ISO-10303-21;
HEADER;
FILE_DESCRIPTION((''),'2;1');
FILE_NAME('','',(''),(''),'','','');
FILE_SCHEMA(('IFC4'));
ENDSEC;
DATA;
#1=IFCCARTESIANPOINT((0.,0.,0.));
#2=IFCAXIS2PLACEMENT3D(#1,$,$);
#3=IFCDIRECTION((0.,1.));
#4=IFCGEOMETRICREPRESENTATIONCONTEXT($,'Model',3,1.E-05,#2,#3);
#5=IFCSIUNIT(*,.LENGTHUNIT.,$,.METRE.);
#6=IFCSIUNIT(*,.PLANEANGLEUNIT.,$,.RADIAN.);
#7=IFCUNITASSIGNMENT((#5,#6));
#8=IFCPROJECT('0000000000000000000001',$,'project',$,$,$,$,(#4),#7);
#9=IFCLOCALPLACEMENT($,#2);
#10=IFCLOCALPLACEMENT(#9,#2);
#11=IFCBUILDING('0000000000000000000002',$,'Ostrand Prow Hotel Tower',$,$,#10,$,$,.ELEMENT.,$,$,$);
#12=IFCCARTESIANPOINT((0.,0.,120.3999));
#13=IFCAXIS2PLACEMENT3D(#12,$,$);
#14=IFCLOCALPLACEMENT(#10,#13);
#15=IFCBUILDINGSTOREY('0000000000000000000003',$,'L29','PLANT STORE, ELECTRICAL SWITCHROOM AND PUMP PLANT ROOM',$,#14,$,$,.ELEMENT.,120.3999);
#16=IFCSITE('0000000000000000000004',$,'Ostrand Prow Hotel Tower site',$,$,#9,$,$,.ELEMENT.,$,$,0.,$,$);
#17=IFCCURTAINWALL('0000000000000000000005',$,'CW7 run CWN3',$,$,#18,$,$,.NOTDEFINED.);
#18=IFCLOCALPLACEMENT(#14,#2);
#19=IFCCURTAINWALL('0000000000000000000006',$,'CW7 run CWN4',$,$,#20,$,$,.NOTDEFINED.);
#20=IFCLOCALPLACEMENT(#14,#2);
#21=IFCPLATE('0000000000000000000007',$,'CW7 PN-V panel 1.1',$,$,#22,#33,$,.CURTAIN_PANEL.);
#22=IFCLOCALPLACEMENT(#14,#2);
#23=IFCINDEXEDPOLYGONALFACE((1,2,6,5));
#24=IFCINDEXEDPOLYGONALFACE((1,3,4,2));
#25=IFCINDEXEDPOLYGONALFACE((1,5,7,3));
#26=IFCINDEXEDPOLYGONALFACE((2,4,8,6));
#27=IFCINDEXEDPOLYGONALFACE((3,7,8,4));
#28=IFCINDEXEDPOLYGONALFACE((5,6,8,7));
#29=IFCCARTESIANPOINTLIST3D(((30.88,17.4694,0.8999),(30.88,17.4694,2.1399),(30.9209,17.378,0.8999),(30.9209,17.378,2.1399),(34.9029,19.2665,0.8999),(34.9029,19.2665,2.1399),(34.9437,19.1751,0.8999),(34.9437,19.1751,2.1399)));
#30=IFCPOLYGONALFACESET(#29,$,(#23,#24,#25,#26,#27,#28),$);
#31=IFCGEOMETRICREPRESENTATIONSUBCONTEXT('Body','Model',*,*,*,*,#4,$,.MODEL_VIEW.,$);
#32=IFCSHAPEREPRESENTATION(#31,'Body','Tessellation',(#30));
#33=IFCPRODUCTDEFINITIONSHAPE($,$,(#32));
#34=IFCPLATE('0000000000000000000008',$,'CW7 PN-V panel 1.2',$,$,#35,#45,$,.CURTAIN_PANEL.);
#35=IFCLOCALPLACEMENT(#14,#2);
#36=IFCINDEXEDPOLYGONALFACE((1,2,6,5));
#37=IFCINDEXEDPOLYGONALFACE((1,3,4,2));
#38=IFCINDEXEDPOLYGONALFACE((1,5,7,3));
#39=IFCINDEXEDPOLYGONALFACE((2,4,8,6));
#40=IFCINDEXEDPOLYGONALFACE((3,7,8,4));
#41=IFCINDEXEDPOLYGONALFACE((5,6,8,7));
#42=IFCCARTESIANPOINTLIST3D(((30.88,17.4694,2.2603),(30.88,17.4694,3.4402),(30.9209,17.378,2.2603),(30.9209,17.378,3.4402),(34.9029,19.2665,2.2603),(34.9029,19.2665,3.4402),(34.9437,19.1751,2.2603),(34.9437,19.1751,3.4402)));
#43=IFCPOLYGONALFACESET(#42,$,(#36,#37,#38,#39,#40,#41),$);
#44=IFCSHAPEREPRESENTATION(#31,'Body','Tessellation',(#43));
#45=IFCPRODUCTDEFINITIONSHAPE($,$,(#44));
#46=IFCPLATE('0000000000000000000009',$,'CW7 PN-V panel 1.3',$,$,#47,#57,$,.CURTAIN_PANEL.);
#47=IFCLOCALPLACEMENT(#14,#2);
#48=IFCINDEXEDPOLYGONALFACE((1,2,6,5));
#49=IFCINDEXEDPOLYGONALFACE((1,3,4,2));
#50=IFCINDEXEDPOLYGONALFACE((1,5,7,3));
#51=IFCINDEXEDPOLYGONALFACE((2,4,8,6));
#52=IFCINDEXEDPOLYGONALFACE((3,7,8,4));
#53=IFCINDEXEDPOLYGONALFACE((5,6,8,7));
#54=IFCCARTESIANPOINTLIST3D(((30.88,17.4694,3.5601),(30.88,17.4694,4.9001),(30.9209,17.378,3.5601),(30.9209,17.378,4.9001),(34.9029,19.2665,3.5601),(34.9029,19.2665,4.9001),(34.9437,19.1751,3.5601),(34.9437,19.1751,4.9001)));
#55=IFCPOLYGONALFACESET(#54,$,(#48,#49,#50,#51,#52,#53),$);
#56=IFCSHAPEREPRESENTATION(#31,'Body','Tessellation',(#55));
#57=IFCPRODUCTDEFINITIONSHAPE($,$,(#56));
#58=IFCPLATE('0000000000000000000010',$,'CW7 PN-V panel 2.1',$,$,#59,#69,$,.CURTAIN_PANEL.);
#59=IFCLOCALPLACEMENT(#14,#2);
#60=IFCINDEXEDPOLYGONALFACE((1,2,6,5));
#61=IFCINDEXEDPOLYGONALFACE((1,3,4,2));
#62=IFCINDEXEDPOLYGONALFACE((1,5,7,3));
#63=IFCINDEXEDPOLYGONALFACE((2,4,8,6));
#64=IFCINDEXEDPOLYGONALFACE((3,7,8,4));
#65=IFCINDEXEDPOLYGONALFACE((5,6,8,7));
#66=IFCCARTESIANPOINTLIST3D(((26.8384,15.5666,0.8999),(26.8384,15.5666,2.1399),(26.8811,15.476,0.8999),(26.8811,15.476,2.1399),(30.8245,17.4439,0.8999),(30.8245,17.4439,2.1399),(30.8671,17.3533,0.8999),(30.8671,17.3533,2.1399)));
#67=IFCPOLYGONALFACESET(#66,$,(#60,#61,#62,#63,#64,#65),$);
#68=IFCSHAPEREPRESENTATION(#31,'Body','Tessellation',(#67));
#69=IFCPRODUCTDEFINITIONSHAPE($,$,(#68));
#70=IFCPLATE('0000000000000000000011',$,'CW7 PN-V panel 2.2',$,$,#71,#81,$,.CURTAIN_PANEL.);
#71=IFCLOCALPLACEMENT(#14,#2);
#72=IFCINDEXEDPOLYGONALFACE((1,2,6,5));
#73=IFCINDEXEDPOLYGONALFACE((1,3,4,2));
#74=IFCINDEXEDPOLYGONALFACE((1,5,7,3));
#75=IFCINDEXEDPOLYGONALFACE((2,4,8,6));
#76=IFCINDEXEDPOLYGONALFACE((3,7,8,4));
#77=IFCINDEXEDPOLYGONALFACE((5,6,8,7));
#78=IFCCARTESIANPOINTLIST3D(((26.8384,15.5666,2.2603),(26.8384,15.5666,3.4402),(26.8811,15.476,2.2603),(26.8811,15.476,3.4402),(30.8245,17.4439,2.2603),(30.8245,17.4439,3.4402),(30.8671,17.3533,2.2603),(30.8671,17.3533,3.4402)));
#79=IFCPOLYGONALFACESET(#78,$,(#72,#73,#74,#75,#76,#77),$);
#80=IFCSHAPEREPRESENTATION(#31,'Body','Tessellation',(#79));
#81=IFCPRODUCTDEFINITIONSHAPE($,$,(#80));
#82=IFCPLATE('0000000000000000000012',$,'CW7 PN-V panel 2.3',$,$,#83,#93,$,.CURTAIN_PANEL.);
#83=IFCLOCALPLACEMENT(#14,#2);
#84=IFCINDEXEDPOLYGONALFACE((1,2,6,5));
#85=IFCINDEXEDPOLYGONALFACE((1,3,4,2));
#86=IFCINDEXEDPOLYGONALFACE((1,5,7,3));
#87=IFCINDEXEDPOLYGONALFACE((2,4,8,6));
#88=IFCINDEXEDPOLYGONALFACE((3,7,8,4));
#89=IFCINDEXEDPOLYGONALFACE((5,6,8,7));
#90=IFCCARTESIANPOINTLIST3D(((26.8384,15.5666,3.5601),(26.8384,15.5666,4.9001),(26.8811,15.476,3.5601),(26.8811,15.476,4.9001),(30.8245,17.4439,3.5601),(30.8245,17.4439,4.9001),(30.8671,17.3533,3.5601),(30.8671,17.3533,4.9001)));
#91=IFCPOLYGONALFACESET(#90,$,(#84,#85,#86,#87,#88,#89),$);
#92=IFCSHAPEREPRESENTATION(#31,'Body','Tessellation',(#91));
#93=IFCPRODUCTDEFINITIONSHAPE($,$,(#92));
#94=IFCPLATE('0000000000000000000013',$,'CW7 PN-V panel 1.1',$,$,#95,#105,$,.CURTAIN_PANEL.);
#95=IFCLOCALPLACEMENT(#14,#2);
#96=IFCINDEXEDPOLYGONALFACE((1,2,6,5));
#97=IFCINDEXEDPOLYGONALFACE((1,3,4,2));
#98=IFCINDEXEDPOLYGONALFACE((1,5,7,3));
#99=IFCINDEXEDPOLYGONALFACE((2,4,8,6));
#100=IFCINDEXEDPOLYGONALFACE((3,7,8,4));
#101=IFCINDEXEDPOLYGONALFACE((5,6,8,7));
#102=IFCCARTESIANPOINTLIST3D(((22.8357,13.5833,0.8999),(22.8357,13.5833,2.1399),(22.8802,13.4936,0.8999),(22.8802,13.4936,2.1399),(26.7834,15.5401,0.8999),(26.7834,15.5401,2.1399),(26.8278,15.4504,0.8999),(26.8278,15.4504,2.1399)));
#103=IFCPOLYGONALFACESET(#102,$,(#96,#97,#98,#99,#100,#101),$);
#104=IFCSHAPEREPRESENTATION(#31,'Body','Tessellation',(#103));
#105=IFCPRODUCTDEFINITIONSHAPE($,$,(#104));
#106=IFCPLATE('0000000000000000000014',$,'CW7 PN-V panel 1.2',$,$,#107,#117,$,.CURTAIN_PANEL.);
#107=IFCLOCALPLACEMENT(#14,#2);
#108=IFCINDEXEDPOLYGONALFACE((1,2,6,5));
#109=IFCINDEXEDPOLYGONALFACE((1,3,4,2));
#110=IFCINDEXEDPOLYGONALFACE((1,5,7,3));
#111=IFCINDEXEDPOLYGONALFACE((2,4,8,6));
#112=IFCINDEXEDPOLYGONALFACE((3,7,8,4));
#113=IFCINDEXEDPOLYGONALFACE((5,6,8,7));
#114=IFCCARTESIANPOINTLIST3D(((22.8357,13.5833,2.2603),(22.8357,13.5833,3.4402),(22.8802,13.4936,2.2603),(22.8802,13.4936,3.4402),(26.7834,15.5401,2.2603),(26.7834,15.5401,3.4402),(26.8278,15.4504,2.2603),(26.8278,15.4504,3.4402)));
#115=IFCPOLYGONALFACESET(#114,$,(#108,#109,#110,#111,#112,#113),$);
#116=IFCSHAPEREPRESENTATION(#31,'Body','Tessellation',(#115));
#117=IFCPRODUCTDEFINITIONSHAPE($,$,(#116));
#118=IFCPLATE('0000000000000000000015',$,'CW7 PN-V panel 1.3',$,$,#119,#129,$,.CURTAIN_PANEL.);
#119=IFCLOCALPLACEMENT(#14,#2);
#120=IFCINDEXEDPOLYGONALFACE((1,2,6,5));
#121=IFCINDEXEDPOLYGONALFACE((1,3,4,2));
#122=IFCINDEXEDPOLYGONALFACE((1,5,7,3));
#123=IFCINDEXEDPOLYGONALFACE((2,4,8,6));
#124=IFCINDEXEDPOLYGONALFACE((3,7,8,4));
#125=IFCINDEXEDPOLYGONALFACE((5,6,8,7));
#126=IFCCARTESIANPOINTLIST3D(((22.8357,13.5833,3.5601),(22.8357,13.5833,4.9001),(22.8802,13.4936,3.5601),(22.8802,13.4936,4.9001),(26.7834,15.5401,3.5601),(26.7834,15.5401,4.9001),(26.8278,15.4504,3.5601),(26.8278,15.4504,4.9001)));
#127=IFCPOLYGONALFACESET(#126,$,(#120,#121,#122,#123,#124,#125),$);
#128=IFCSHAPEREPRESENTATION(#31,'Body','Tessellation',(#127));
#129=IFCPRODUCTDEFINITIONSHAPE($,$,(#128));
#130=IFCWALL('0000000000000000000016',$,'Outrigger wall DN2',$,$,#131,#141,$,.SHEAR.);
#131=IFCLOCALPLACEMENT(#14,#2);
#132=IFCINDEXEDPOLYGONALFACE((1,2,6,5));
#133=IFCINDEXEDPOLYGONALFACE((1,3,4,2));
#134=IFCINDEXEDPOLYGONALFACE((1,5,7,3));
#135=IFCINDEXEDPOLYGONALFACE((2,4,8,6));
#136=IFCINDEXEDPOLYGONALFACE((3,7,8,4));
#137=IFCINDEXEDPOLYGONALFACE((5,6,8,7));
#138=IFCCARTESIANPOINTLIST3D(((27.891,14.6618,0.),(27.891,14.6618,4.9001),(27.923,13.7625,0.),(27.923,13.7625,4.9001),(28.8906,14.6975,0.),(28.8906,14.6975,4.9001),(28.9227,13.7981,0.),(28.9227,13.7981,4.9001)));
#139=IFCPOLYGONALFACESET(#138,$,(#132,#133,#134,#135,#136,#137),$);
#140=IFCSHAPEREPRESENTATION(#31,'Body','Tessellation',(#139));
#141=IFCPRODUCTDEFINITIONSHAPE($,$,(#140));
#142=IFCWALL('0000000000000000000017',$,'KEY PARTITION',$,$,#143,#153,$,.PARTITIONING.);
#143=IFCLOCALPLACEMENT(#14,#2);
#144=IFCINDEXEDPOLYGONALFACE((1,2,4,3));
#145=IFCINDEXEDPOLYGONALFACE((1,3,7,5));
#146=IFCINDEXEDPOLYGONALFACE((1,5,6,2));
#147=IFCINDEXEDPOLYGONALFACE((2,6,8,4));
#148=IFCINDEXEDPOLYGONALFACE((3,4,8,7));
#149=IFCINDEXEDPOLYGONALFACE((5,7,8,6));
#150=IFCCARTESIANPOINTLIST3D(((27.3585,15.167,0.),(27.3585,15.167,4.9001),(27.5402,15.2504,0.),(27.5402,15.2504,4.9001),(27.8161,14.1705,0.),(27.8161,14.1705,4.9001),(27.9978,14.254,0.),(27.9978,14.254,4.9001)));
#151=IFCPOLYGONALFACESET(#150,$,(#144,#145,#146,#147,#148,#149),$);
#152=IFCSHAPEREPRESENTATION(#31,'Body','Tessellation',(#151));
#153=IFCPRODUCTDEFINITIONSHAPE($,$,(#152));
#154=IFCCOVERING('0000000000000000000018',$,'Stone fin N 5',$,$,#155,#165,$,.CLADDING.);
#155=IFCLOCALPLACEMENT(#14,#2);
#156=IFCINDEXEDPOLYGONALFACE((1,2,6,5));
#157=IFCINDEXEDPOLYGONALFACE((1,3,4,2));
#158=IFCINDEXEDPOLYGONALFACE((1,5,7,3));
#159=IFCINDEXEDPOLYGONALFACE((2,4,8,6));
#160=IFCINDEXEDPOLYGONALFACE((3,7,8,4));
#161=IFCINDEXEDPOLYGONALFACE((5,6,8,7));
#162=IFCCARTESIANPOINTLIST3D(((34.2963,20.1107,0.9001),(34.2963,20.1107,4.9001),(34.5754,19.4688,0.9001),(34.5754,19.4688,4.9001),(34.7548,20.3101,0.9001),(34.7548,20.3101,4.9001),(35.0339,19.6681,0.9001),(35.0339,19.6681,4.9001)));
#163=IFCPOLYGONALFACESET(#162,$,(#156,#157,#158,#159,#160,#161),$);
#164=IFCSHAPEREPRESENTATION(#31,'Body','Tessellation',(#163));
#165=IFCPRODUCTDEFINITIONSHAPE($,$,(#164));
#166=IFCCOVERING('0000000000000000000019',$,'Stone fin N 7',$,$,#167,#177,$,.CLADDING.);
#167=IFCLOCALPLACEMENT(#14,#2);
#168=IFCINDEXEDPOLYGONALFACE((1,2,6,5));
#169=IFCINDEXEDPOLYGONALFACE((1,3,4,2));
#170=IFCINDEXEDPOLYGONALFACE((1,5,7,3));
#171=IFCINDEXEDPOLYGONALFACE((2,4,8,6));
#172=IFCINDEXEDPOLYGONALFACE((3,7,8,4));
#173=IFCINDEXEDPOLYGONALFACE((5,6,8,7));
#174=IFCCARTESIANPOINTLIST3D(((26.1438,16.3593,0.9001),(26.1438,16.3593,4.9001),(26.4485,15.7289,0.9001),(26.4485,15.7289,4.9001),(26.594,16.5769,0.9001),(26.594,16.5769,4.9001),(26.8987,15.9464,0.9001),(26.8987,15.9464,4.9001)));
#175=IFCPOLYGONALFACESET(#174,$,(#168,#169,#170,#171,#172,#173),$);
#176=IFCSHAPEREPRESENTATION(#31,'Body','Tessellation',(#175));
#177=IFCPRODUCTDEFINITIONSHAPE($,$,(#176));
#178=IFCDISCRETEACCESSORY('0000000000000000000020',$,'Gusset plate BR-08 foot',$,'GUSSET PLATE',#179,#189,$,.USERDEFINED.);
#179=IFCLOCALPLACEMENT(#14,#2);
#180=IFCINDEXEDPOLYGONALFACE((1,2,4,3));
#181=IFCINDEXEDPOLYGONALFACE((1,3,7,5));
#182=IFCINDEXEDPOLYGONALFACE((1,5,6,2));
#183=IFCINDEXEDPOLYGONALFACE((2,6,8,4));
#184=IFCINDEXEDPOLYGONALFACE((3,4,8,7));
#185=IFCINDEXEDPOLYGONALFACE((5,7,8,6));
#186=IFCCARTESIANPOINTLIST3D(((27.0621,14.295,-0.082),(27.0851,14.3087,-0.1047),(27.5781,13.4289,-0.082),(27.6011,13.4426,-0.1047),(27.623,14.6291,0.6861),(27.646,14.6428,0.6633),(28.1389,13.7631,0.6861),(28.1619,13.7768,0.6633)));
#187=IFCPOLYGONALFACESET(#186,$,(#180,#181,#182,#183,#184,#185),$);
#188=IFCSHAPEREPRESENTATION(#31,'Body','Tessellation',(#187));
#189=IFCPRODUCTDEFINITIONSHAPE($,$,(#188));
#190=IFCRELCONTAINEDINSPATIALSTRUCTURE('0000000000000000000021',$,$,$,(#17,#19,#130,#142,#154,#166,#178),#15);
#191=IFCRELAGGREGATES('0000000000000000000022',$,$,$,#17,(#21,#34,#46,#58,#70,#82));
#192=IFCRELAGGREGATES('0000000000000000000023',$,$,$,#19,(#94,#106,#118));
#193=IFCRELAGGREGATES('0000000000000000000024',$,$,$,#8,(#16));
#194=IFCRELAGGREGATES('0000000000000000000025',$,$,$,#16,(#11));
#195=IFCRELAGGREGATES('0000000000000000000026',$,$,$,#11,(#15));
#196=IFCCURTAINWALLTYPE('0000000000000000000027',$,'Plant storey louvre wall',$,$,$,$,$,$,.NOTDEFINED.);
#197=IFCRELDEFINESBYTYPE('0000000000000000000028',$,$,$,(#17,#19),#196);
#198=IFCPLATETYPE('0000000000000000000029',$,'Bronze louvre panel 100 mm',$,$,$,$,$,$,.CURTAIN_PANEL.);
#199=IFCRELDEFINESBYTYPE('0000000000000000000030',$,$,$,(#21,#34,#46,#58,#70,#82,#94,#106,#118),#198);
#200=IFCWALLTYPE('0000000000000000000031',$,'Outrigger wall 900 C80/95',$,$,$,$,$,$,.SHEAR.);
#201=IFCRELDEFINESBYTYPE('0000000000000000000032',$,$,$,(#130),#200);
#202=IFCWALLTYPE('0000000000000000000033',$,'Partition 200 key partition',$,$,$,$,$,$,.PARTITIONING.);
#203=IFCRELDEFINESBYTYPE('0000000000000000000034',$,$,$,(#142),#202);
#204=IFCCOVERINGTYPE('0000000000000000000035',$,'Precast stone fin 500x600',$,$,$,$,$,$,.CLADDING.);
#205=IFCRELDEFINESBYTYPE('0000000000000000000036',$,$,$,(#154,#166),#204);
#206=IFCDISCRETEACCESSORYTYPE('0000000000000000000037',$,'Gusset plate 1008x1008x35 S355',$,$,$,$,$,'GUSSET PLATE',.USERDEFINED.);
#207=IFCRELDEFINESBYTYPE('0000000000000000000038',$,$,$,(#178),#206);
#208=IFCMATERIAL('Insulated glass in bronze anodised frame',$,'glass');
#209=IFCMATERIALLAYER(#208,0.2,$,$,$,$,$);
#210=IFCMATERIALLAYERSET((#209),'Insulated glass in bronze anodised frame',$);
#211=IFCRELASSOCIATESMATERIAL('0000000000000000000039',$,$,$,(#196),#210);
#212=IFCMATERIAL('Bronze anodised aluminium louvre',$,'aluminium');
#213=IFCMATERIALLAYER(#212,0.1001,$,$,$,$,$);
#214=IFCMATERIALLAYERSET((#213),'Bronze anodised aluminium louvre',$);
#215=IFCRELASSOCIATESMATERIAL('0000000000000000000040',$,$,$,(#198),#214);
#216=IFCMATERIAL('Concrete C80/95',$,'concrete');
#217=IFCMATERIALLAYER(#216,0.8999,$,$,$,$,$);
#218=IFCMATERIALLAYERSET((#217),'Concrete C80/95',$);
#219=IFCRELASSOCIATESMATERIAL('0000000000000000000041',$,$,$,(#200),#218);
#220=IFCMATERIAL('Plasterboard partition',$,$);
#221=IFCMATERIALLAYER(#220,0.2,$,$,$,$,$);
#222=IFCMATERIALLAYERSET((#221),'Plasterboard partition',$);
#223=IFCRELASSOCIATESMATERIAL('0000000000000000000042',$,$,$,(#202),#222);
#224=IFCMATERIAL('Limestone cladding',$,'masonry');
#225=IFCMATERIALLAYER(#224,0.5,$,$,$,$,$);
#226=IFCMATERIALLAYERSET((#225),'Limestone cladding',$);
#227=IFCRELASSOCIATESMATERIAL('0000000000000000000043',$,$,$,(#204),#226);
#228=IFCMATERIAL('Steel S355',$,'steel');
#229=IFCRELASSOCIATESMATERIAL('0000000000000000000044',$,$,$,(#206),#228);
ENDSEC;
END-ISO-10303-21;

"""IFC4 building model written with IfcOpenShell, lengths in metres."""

from ifc_helpers import new_model, si_unit, direction, frame, frame_2d, origin, origin_2d, place, context, subcontext, project, spatial, rectangle, extrude, material, layer, layer_set, material_profile, profile_set, type_object, element, aggregate, save


model = new_model("IFC4")

# Units and contexts
model_context = context("Model", 3, precision=1e-05, world=origin(), true_north=direction((0.0, 1.0)))
body_context = subcontext(model_context, "Body", "Model", "MODEL_VIEW")
ifc_project = project(units=[si_unit("LENGTHUNIT", "METRE"), si_unit("PLANEANGLEUNIT", "RADIAN")], contexts=[model_context])

# Site, building, storey
site_placement = place(None, origin())
site = spatial("IfcSite", under=ifc_project, at=site_placement, Name="Ostrand Prow Hotel Tower site", CompositionType="ELEMENT", RefElevation=0.0)
building_placement = place(site_placement, origin())
building = spatial("IfcBuilding", under=site, at=building_placement, Name="Ostrand Prow Hotel Tower", CompositionType="ELEMENT")
storey_placement = place(building_placement, frame((0.0, 0.0, 120.3999)))
storey = spatial("IfcBuildingStorey", under=building, at=storey_placement, Name="L29", Description="PLANT STORE, ELECTRICAL SWITCHROOM AND PUMP PLANT ROOM", CompositionType="ELEMENT", Elevation=120.3999)

# Curtain walls
ifc_material_1 = material(Name="Insulated glass in bronze anodised frame", Category="glass")
ifc_layer_1 = layer(ifc_material_1, 0.2)
ifc_layer_set_1 = layer_set([ifc_layer_1], Name="Insulated glass in bronze anodised frame")
curtain_wall_type = type_object("IfcCurtainWallType", Name="Plant storey louvre wall", PredefinedType="NOTDEFINED", material=ifc_layer_set_1)
curtain_wall_1_placement = place(storey_placement, origin())
curtain_wall_1 = element("IfcCurtainWall", 1, at=curtain_wall_1_placement, inside=storey, type_object=curtain_wall_type, Name="CW7 run CWN3", PredefinedType="NOTDEFINED")
curtain_wall_2_placement = place(storey_placement, origin())
curtain_wall_2 = element("IfcCurtainWall", 2, at=curtain_wall_2_placement, inside=storey, type_object=curtain_wall_type, Name="CW7 run CWN4", PredefinedType="NOTDEFINED")

# Plates
ifc_material_2 = material(Name="Bronze anodised aluminium louvre", Category="aluminium")
ifc_layer_2 = layer(ifc_material_2, 0.1001)
ifc_layer_set_2 = layer_set([ifc_layer_2], Name="Bronze anodised aluminium louvre")
plate_type = type_object("IfcPlateType", Name="Bronze louvre panel 100 mm", PredefinedType="CURTAIN_PANEL", material=ifc_layer_set_2)
plate_1_placement = place(storey_placement, frame((32.9119, 18.3223, 0.8999), z_axis=(0.0, 0.0, 1.0), x_axis=(-0.913038, -0.407875, 0.0)))
plate_1 = element("IfcPlate", 3, at=plate_1_placement, type_object=plate_type, Name="CW7 PN-V panel 1.1", PredefinedType="CURTAIN_PANEL", context=body_context, shape_type="SweptSolid", body=[
    extrude(rectangle(XDim=4.406, YDim=0.1001, at=origin_2d()), origin(), (0.0, 0.0, 1.0), 1.24),
])
plate_2_placement = place(storey_placement, frame((32.9119, 18.3223, 2.2603), z_axis=(0.0, 0.0, 1.0), x_axis=(-0.913038, -0.407875, 0.0)))
plate_2 = element("IfcPlate", 4, at=plate_2_placement, type_object=plate_type, Name="CW7 PN-V panel 1.2", PredefinedType="CURTAIN_PANEL", context=body_context, shape_type="SweptSolid", body=[
    extrude(rectangle(XDim=4.406, YDim=0.1001, at=origin_2d()), origin(), (0.0, 0.0, 1.0), 1.1799),
])
plate_3_placement = place(storey_placement, frame((32.9119, 18.3223, 3.5601), z_axis=(0.0, 0.0, 1.0), x_axis=(-0.913038, -0.407875, 0.0)))
plate_3 = element("IfcPlate", 5, at=plate_3_placement, type_object=plate_type, Name="CW7 PN-V panel 1.3", PredefinedType="CURTAIN_PANEL", context=body_context, shape_type="SweptSolid", body=[
    extrude(rectangle(XDim=4.406, YDim=0.1001, at=origin_2d()), origin(), (0.0, 0.0, 1.0), 1.3401),
])
plate_4_placement = place(storey_placement, frame((28.8528, 16.46, 0.8999), z_axis=(0.0, 0.0, 1.0), x_axis=(-0.904686, -0.426079, 0.0)))
plate_4 = element("IfcPlate", 6, at=plate_4_placement, type_object=plate_type, Name="CW7 PN-V panel 2.1", PredefinedType="CURTAIN_PANEL", context=body_context, shape_type="SweptSolid", body=[
    extrude(rectangle(XDim=4.406, YDim=0.1001, at=origin_2d()), origin(), (0.0, 0.0, 1.0), 1.24),
])
plate_5_placement = place(storey_placement, frame((28.8528, 16.46, 2.2603), z_axis=(0.0, 0.0, 1.0), x_axis=(-0.904686, -0.426079, 0.0)))
plate_5 = element("IfcPlate", 7, at=plate_5_placement, type_object=plate_type, Name="CW7 PN-V panel 2.2", PredefinedType="CURTAIN_PANEL", context=body_context, shape_type="SweptSolid", body=[
    extrude(rectangle(XDim=4.406, YDim=0.1001, at=origin_2d()), origin(), (0.0, 0.0, 1.0), 1.1799),
])
plate_6_placement = place(storey_placement, frame((28.8528, 16.46, 3.5601), z_axis=(0.0, 0.0, 1.0), x_axis=(-0.904686, -0.426079, 0.0)))
plate_6 = element("IfcPlate", 8, at=plate_6_placement, type_object=plate_type, Name="CW7 PN-V panel 2.3", PredefinedType="CURTAIN_PANEL", context=body_context, shape_type="SweptSolid", body=[
    extrude(rectangle(XDim=4.406, YDim=0.1001, at=origin_2d()), origin(), (0.0, 0.0, 1.0), 1.3401),
])
aggregate(curtain_wall_1, [plate_1, plate_2, plate_3, plate_4, plate_5, plate_6])
plate_7_placement = place(storey_placement, frame((24.8318, 14.5168, 0.8999), z_axis=(0.0, 0.0, 1.0), x_axis=(-0.895971, -0.444113, 0.0)))
plate_7 = element("IfcPlate", 9, at=plate_7_placement, type_object=plate_type, Name="CW7 PN-V panel 1.1", PredefinedType="CURTAIN_PANEL", context=body_context, shape_type="SweptSolid", body=[
    extrude(rectangle(XDim=4.406, YDim=0.1001, at=origin_2d()), origin(), (0.0, 0.0, 1.0), 1.24),
])
plate_8_placement = place(storey_placement, frame((24.8318, 14.5168, 2.2603), z_axis=(0.0, 0.0, 1.0), x_axis=(-0.895971, -0.444113, 0.0)))
plate_8 = element("IfcPlate", 10, at=plate_8_placement, type_object=plate_type, Name="CW7 PN-V panel 1.2", PredefinedType="CURTAIN_PANEL", context=body_context, shape_type="SweptSolid", body=[
    extrude(rectangle(XDim=4.406, YDim=0.1001, at=origin_2d()), origin(), (0.0, 0.0, 1.0), 1.1799),
])
plate_9_placement = place(storey_placement, frame((24.8318, 14.5168, 3.5601), z_axis=(0.0, 0.0, 1.0), x_axis=(-0.895971, -0.444113, 0.0)))
plate_9 = element("IfcPlate", 11, at=plate_9_placement, type_object=plate_type, Name="CW7 PN-V panel 1.3", PredefinedType="CURTAIN_PANEL", context=body_context, shape_type="SweptSolid", body=[
    extrude(rectangle(XDim=4.406, YDim=0.1001, at=origin_2d()), origin(), (0.0, 0.0, 1.0), 1.3401),
])
aggregate(curtain_wall_2, [plate_7, plate_8, plate_9])

# Walls
ifc_material_3 = material(Name="Concrete C80/95", Category="concrete")
ifc_layer_3 = layer(ifc_material_3, 0.8999)
ifc_layer_set_3 = layer_set([ifc_layer_3], Name="Concrete C80/95")
wall_type_1 = type_object("IfcWallType", Name="Outrigger wall 900 C80/95", PredefinedType="SHEAR", material=ifc_layer_set_3)
wall_1_placement = place(storey_placement, frame((28.9065, 14.2478, 0.0), z_axis=(0.0, 0.0, 1.0), x_axis=(-0.999365, -0.035639, 0.0)))
element("IfcWall", 12, at=wall_1_placement, inside=storey, type_object=wall_type_1, Name="Outrigger wall DN2", PredefinedType="SHEAR", context=body_context, shape_type="SweptSolid", body=[
    extrude(rectangle(XDim=1.0002, YDim=0.8999, at=frame_2d((0.5, 0.0))), origin(), (0.0, 0.0, 1.0), 4.9001),
])
ifc_material_4 = material(Name="Plasterboard partition")
ifc_layer_4 = layer(ifc_material_4, 0.2)
ifc_layer_set_4 = layer_set([ifc_layer_4], Name="Plasterboard partition")
wall_type_2 = type_object("IfcWallType", Name="Partition 200 key partition", PredefinedType="PARTITIONING", material=ifc_layer_set_4)
wall_2_placement = place(storey_placement, frame((27.907, 14.2122, 0.0), z_axis=(0.0, 0.0, 1.0), x_axis=(-0.417306, 0.908766, 0.0)))
element("IfcWall", 13, at=wall_2_placement, inside=storey, type_object=wall_type_2, Name="KEY PARTITION", PredefinedType="PARTITIONING", context=body_context, shape_type="SweptSolid", body=[
    extrude(rectangle(XDim=1.0964, YDim=0.2, at=frame_2d((0.5483, 0.0))), origin(), (0.0, 0.0, 1.0), 4.9001),
])

# Coverings
ifc_material_5 = material(Name="Limestone cladding", Category="masonry")
ifc_layer_5 = layer(ifc_material_5, 0.5)
ifc_layer_set_5 = layer_set([ifc_layer_5], Name="Limestone cladding")
covering_type = type_object("IfcCoveringType", Name="Precast stone fin 500x600", PredefinedType="CLADDING", material=ifc_layer_set_5)
covering_1_placement = place(storey_placement, frame((34.8047, 19.5684, 0.9001), z_axis=(0.0, 0.0, 1.0), x_axis=(-0.398713, 0.917076, 0.0)))
element("IfcCovering", 14, at=covering_1_placement, inside=storey, type_object=covering_type, Name="Stone fin N 5", PredefinedType="CLADDING", context=body_context, shape_type="SweptSolid", body=[
    extrude(rectangle(XDim=0.7, YDim=0.5, at=frame_2d((0.3501, 0.0))), origin(), (0.0, 0.0, 1.0), 4.0),
])
covering_2_placement = place(storey_placement, frame((26.6736, 15.8376, 0.9001), z_axis=(0.0, 0.0, 1.0), x_axis=(-0.435178, 0.900344, 0.0)))
element("IfcCovering", 15, at=covering_2_placement, inside=storey, type_object=covering_type, Name="Stone fin N 7", PredefinedType="CLADDING", context=body_context, shape_type="SweptSolid", body=[
    extrude(rectangle(XDim=0.7002, YDim=0.5, at=frame_2d((0.3501, 0.0))), origin(), (0.0, 0.0, 1.0), 4.0),
])

# Discrete accessory
ifc_material_6 = material(Name="Steel S355", Category="steel")
ifc_material_profile_1 = material_profile(ifc_material_6, rectangle(XDim=1.0081, YDim=1.0081, at=origin_2d()), Name="PL 1008x1008x35")
ifc_profile_set_1 = profile_set([ifc_material_profile_1], Name="Steel S355")
discrete_accessory_type = type_object("IfcDiscreteAccessoryType", Name="Gusset plate 1008x1008x35 S355", ElementType="GUSSET PLATE", PredefinedType="USERDEFINED", material=ifc_profile_set_1)
discrete_accessory_placement = place(storey_placement, frame((27.6235, 14.0427, 0.2793), z_axis=(-0.654595, -0.389972, 0.647632), x_axis=(0.511805, -0.859102, 0.0)))
element("IfcDiscreteAccessory", 16, at=discrete_accessory_placement, inside=storey, type_object=discrete_accessory_type, Name="Gusset plate BR-08 foot", ObjectType="GUSSET PLATE", PredefinedType="USERDEFINED", context=body_context, shape_type="SweptSolid", body=[
    extrude(rectangle(XDim=1.0081, YDim=1.0081, at=origin_2d()), origin(), (0.0, 0.0, 1.0), 0.0352),
])

save(model, "model.ifc")
